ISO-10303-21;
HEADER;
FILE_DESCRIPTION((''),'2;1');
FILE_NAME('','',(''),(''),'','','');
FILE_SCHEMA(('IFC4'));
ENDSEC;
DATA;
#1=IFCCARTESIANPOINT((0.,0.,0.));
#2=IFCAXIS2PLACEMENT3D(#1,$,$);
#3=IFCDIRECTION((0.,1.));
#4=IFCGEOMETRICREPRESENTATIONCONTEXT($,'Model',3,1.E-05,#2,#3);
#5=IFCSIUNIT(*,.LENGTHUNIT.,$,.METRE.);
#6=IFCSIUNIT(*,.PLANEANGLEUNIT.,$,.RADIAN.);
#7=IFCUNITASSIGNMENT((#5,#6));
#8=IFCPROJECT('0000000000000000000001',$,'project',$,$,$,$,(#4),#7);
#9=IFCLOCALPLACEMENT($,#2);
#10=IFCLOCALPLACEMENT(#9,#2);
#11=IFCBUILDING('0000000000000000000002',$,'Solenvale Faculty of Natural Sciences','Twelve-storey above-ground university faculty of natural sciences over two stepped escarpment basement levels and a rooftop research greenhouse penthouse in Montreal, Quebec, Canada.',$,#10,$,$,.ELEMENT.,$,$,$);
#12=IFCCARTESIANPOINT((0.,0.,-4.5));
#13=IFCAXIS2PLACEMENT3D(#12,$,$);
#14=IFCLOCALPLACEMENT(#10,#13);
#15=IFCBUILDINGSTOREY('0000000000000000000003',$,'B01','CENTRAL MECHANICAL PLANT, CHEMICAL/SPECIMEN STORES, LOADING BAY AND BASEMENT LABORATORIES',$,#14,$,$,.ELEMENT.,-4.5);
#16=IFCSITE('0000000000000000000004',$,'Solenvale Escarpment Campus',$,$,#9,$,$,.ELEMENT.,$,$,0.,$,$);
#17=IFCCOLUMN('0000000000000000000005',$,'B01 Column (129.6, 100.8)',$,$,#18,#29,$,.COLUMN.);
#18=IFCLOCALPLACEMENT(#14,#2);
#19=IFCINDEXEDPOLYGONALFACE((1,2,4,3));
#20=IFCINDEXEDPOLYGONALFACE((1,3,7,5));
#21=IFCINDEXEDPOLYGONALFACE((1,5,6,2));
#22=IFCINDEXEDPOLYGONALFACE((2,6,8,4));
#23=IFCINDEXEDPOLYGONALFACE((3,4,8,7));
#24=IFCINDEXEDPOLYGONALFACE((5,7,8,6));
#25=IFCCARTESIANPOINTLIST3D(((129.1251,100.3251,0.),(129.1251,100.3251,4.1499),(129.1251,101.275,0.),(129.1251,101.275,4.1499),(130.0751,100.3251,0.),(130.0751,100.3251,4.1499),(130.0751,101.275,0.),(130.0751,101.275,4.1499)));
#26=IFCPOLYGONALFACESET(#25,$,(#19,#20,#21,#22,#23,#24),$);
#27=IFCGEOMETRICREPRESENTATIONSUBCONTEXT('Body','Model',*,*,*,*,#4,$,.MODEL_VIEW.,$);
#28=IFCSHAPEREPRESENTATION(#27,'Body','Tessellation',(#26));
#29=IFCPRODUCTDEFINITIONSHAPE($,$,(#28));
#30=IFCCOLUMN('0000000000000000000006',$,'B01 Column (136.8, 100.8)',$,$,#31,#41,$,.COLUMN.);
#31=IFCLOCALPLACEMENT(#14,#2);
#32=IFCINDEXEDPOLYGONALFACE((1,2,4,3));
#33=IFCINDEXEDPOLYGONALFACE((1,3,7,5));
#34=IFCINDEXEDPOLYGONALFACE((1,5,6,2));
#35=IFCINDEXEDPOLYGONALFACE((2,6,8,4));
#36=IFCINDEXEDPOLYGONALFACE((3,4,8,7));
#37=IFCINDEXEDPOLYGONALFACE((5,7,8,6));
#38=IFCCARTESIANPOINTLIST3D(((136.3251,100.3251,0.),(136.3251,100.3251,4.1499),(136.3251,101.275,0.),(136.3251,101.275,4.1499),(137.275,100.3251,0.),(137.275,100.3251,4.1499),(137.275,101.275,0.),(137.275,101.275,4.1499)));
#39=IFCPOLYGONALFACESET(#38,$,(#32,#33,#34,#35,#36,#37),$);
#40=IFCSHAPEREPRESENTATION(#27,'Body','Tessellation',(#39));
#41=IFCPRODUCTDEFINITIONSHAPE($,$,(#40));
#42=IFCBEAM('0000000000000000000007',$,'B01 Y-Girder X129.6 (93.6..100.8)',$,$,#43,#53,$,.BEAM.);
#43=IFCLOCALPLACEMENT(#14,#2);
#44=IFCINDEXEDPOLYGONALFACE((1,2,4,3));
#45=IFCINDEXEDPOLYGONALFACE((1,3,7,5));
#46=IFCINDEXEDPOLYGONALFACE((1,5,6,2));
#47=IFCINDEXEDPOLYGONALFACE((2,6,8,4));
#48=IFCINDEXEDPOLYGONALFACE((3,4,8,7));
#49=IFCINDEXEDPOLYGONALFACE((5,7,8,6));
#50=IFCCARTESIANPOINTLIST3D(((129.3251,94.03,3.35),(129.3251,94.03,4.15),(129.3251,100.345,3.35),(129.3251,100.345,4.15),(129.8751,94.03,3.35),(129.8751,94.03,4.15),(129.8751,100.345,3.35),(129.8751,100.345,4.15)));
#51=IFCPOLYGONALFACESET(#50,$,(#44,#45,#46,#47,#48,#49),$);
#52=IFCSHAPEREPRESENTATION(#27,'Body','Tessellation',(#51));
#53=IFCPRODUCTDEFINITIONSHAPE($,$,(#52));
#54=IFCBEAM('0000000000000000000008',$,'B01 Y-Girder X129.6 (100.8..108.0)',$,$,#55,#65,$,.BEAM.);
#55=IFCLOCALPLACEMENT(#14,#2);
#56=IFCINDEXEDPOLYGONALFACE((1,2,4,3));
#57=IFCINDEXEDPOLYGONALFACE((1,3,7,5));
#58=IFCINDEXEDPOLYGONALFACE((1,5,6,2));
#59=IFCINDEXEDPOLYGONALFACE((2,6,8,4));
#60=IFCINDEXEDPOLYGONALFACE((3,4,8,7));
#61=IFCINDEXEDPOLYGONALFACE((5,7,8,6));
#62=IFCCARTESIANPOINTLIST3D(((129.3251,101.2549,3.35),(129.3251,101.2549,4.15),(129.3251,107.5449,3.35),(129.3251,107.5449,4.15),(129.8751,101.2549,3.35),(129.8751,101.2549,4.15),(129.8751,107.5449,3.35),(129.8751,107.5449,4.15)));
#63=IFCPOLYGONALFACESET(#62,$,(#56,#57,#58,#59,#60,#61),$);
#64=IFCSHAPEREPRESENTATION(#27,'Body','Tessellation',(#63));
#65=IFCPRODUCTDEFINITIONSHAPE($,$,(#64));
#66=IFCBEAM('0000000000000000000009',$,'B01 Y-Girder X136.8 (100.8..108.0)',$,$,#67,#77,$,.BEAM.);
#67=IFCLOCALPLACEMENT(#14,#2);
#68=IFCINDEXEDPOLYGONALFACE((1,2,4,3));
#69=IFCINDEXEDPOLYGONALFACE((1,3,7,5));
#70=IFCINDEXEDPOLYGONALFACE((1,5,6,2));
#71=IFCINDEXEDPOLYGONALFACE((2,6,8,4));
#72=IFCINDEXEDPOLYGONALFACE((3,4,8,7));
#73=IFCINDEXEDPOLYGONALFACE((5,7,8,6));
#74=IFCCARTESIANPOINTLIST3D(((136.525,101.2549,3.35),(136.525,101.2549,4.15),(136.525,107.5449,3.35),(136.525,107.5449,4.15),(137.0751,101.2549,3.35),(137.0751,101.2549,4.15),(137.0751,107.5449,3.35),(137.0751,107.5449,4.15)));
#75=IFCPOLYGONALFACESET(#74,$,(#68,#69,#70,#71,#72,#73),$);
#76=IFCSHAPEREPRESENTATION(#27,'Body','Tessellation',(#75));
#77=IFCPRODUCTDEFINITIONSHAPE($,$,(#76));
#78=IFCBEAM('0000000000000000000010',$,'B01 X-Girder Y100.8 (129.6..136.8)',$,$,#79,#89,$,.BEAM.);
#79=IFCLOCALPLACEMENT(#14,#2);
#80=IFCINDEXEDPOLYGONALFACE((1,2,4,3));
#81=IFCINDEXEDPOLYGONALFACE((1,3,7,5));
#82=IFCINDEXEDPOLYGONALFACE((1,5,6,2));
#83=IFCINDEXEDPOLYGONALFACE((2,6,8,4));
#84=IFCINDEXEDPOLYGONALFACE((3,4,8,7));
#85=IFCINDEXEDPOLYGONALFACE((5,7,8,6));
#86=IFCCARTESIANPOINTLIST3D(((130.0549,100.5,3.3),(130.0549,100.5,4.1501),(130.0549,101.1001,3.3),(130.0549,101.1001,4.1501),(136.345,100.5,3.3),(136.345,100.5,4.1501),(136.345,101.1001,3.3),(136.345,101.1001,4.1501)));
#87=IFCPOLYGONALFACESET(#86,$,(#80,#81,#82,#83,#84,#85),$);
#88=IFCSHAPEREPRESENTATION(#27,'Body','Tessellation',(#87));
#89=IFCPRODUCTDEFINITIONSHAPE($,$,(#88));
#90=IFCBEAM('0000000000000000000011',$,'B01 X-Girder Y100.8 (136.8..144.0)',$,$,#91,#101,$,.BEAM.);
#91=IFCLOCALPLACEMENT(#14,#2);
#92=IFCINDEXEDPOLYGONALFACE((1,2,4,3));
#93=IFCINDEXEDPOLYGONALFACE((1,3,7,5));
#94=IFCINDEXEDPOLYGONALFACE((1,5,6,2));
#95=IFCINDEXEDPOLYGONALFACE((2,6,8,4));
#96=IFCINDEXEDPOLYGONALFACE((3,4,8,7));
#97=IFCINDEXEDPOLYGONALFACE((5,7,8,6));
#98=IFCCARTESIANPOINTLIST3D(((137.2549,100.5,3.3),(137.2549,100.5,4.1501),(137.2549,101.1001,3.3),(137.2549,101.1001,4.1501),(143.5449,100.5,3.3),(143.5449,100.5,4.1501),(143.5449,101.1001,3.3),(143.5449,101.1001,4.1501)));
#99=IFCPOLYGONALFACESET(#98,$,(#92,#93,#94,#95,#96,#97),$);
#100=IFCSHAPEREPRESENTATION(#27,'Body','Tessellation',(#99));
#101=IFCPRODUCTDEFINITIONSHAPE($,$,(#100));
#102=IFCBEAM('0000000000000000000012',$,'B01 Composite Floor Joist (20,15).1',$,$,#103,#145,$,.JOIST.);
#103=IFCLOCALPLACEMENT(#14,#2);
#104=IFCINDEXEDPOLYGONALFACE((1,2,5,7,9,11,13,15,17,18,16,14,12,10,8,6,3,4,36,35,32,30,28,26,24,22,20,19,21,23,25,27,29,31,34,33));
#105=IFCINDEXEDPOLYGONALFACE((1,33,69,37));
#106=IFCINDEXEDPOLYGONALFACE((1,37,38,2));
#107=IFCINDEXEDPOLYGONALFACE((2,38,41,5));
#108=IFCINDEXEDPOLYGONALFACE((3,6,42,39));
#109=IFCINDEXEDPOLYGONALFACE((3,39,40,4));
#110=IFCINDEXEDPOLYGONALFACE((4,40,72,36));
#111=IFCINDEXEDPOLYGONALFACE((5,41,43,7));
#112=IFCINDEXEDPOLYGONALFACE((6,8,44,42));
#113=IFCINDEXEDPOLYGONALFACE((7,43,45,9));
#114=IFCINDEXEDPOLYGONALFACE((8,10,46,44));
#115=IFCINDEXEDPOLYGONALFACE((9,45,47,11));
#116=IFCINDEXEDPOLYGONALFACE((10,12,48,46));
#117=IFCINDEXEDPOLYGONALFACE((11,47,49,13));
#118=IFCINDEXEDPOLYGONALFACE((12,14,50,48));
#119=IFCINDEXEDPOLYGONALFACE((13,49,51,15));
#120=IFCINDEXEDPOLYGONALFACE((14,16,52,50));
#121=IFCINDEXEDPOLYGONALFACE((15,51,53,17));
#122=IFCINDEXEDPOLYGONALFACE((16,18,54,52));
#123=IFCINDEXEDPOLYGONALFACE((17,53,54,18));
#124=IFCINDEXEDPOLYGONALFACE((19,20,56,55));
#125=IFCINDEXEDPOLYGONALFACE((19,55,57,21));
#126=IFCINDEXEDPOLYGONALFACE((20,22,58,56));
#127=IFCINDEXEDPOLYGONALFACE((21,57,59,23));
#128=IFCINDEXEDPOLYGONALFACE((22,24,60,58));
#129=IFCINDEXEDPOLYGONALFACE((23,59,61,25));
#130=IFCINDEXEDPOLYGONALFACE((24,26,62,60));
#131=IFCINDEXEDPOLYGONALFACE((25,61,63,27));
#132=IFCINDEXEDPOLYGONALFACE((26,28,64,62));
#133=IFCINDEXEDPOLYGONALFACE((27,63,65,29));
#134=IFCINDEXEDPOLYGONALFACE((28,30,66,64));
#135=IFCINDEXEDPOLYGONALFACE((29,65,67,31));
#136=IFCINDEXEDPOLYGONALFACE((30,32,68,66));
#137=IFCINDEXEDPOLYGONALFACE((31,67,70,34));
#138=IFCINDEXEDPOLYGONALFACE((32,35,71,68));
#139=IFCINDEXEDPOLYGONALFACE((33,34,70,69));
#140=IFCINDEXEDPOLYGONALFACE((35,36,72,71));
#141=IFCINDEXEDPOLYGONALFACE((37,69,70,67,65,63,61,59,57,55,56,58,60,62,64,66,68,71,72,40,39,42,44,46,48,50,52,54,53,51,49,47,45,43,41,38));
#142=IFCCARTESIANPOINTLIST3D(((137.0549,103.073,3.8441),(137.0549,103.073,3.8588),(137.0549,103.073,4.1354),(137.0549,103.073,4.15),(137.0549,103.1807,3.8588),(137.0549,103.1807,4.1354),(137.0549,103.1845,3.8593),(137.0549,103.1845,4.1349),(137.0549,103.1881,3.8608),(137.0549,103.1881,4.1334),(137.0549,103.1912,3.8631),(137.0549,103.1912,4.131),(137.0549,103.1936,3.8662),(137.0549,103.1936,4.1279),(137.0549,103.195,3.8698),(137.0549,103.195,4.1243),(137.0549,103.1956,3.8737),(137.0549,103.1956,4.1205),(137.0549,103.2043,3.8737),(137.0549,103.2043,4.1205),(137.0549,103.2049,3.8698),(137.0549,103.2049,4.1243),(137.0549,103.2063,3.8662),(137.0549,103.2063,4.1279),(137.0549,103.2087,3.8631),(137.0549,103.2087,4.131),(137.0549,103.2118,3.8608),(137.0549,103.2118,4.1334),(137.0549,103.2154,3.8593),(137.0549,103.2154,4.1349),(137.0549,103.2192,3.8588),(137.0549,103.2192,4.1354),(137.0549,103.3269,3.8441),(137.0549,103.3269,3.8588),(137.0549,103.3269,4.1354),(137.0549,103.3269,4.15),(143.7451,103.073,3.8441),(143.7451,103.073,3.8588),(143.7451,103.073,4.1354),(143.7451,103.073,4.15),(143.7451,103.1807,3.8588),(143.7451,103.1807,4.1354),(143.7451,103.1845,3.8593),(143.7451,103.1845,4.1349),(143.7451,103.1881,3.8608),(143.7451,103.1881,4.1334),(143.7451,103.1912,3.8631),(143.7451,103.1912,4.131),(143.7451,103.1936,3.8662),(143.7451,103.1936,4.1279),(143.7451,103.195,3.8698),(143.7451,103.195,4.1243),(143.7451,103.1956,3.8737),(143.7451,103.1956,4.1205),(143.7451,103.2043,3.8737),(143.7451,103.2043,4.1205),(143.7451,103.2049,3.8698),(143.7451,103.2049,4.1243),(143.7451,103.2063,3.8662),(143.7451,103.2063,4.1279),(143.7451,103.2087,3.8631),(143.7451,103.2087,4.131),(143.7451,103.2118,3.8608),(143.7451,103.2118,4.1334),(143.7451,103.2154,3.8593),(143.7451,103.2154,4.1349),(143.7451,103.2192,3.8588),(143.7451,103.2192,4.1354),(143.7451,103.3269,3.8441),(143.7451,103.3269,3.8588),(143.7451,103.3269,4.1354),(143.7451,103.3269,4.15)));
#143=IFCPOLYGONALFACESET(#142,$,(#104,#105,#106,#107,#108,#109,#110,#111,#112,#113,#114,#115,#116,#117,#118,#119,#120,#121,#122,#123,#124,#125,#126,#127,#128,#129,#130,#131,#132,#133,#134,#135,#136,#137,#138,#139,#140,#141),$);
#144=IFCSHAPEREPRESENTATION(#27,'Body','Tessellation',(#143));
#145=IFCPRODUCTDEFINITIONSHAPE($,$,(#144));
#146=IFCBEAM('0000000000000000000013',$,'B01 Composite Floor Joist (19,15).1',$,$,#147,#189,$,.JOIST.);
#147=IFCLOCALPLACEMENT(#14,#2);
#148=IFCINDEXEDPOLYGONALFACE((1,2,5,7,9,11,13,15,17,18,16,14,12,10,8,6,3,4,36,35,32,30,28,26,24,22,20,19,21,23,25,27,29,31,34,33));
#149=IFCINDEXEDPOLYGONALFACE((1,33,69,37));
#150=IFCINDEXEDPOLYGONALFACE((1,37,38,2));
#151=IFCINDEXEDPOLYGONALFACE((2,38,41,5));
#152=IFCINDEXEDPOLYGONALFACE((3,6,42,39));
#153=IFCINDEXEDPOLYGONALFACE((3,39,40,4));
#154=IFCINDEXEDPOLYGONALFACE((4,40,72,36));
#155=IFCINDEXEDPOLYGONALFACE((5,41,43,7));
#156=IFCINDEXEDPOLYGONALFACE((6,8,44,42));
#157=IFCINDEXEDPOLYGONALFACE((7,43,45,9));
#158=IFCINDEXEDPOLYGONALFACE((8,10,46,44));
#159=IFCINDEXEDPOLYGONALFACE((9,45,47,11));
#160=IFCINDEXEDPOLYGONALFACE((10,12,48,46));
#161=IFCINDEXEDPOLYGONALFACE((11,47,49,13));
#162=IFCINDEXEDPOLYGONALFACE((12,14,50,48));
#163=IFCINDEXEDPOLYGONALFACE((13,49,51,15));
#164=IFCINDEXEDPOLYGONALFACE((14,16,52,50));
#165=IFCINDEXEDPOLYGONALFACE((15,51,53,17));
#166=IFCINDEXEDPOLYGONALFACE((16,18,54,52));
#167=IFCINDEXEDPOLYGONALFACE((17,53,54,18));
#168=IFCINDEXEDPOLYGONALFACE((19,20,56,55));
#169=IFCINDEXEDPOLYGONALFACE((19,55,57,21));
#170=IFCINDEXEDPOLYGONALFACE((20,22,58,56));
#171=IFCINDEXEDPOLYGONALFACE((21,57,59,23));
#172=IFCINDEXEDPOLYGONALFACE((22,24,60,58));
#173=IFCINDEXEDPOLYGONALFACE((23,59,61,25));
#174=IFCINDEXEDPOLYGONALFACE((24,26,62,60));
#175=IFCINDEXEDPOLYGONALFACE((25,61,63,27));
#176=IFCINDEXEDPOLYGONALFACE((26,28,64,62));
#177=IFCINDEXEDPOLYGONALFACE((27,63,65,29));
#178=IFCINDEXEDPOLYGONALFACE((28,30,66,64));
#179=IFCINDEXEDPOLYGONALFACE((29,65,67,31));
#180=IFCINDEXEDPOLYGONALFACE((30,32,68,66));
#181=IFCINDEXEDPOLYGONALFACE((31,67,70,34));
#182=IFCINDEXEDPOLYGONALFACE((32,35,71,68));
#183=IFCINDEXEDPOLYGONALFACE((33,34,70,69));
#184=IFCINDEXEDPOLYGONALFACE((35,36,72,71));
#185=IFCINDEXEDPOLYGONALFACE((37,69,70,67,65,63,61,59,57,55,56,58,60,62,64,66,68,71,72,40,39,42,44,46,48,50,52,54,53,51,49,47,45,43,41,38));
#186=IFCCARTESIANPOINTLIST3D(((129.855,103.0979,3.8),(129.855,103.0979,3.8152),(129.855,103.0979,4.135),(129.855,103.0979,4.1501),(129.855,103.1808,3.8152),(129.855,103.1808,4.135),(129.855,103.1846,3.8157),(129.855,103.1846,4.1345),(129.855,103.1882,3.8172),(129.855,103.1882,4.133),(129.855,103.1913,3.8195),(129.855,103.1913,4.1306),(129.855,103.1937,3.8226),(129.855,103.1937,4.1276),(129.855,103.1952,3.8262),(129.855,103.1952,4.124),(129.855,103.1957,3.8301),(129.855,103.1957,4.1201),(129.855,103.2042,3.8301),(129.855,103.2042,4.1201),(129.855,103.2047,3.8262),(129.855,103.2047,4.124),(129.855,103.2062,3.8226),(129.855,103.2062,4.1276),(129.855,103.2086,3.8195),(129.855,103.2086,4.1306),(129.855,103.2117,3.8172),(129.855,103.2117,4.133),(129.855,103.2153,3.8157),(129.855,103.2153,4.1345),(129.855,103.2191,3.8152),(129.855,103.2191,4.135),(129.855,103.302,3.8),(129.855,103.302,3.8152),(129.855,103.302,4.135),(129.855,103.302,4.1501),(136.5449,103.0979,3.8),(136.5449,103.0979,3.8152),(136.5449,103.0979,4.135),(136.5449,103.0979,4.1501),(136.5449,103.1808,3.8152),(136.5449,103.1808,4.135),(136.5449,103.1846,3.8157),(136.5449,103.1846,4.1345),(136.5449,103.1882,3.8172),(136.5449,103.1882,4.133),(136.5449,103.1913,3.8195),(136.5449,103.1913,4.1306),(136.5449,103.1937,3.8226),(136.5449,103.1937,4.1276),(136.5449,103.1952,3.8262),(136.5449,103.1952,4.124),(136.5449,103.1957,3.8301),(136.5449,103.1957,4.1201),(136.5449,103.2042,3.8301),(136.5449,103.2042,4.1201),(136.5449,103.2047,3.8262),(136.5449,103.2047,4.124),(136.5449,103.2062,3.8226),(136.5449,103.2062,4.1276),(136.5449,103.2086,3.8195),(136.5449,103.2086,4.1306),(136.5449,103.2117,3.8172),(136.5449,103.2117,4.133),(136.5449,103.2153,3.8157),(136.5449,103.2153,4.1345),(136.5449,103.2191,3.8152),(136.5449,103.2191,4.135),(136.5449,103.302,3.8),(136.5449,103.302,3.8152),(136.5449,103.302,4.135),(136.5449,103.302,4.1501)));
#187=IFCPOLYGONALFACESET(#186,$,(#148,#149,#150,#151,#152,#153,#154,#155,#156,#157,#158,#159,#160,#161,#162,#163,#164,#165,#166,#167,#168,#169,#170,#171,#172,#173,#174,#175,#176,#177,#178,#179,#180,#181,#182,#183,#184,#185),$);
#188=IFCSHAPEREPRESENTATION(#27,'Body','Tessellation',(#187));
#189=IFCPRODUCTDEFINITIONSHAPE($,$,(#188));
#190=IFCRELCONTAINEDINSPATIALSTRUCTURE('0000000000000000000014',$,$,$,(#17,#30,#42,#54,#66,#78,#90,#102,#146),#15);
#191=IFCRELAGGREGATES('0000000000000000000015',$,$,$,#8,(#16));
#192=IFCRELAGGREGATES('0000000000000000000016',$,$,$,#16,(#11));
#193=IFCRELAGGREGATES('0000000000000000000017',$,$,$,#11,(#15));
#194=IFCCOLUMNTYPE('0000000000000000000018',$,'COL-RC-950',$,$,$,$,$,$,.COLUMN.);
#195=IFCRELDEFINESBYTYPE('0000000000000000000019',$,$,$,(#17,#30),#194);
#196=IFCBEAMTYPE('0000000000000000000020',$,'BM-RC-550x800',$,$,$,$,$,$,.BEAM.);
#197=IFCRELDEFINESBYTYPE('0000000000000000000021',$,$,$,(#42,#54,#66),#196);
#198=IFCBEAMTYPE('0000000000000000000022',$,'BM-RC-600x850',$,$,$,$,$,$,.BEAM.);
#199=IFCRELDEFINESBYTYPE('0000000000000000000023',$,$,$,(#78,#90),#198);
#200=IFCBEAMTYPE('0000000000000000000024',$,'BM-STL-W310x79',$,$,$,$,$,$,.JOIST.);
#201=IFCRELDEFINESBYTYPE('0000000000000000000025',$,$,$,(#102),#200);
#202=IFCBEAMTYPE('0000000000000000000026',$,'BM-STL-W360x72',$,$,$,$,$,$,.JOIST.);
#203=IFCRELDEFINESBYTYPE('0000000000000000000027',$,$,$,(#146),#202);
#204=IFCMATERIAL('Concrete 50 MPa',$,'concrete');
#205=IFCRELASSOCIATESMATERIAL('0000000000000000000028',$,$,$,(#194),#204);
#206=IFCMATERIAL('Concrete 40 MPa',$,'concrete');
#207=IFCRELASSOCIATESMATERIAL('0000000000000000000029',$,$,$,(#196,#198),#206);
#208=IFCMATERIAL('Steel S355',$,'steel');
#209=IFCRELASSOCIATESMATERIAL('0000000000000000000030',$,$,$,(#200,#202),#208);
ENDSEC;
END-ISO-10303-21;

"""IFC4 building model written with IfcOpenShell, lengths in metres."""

from ifc_helpers import new_model, si_unit, direction, frame, origin, origin_2d, place, context, subcontext, project, spatial, rectangle, i_section, extrude, material, material_profile, profile_set, type_object, element, save


model = new_model("IFC4")

# Units and contexts
model_context = context("Model", 3, precision=1e-05, world=origin(), true_north=direction((0.0, 1.0)))
body_context = subcontext(model_context, "Body", "Model", "MODEL_VIEW")
ifc_project = project(units=[si_unit("LENGTHUNIT", "METRE"), si_unit("PLANEANGLEUNIT", "RADIAN")], contexts=[model_context])

# Site, building, storey
site_placement = place(None, origin())
site = spatial("IfcSite", under=ifc_project, at=site_placement, Name="Solenvale Escarpment Campus", CompositionType="ELEMENT", RefElevation=0.0)
building_placement = place(site_placement, origin())
building = spatial("IfcBuilding", under=site, at=building_placement, Name="Solenvale Faculty of Natural Sciences", Description="Twelve-storey above-ground university faculty of natural sciences over two stepped escarpment basement levels and a rooftop research greenhouse penthouse in Montreal, Quebec, Canada.", CompositionType="ELEMENT")
storey_placement = place(building_placement, frame((0.0, 0.0, -4.5)))
storey = spatial("IfcBuildingStorey", under=building, at=storey_placement, Name="B01", Description="CENTRAL MECHANICAL PLANT, CHEMICAL/SPECIMEN STORES, LOADING BAY AND BASEMENT LABORATORIES", CompositionType="ELEMENT", Elevation=-4.5)

# Columns
ifc_material_1 = material(Name="Concrete 50 MPa", Category="concrete")
ifc_material_profile_1 = material_profile(ifc_material_1, rectangle(XDim=0.95, YDim=0.95, at=origin_2d()), Name="RC-COL-950x950")
ifc_profile_set_1 = profile_set([ifc_material_profile_1], Name="Concrete 50 MPa")
column_type = type_object("IfcColumnType", Name="COL-RC-950", PredefinedType="COLUMN", material=ifc_profile_set_1)
for number, where, z_axis, x_axis, name in (
    (1, (129.6001, 100.8, 0.0), (0.0, 0.0, 1.0), (1.0, 0.0, 0.0), "B01 Column (129.6, 100.8)"),
    (2, (136.8, 100.8, 0.0), (0.0, 0.0, 1.0), (1.0, 0.0, 0.0), "B01 Column (136.8, 100.8)"),
):
    element("IfcColumn", number, at=place(storey_placement, frame(where, z_axis=z_axis, x_axis=x_axis)), inside=storey, type_object=column_type, Name=name, PredefinedType="COLUMN", context=body_context, shape_type="SweptSolid", body=[
        extrude(rectangle(XDim=0.95, YDim=0.95, at=origin_2d()), origin(), (0.0, 0.0, 1.0), 4.1499),
    ])

# Beams
ifc_material_2 = material(Name="Concrete 40 MPa", Category="concrete")
ifc_material_profile_2 = material_profile(ifc_material_2, rectangle(XDim=0.55, YDim=0.8, at=origin_2d()), Name="RC-BM-550x800")
ifc_profile_set_2 = profile_set([ifc_material_profile_2], Name="Concrete 40 MPa")
beam_type_1 = type_object("IfcBeamType", Name="BM-RC-550x800", PredefinedType="BEAM", material=ifc_profile_set_2)
beam_1_placement = place(storey_placement, frame((129.6001, 94.03, 3.75), z_axis=(0.0, 1.0, 0.0), x_axis=(-1.0, 0.0, 0.0)))
element("IfcBeam", 3, at=beam_1_placement, inside=storey, type_object=beam_type_1, Name="B01 Y-Girder X129.6 (93.6..100.8)", PredefinedType="BEAM", context=body_context, shape_type="SweptSolid", body=[
    extrude(rectangle(XDim=0.55, YDim=0.8, at=origin_2d()), origin(), (0.0, 0.0, 1.0), 6.3149),
])
for number, where, z_axis, x_axis, name in (
    (4, (129.6001, 101.2549, 3.75), (0.0, 1.0, 0.0), (-1.0, 0.0, 0.0), "B01 Y-Girder X129.6 (100.8..108.0)"),
    (5, (136.8, 101.2549, 3.75), (0.0, 1.0, 0.0), (-1.0, 0.0, 0.0), "B01 Y-Girder X136.8 (100.8..108.0)"),
):
    element("IfcBeam", number, at=place(storey_placement, frame(where, z_axis=z_axis, x_axis=x_axis)), inside=storey, type_object=beam_type_1, Name=name, PredefinedType="BEAM", context=body_context, shape_type="SweptSolid", body=[
        extrude(rectangle(XDim=0.55, YDim=0.8, at=origin_2d()), origin(), (0.0, 0.0, 1.0), 6.29),
    ])
ifc_material_profile_3 = material_profile(ifc_material_2, rectangle(XDim=0.6001, YDim=0.8501, at=origin_2d()), Name="RC-BM-600x850")
ifc_profile_set_3 = profile_set([ifc_material_profile_3], Name="Concrete 40 MPa")
beam_type_2 = type_object("IfcBeamType", Name="BM-RC-600x850", PredefinedType="BEAM", material=ifc_profile_set_3)
for number, where, z_axis, x_axis, name in (
    (6, (130.0549, 100.8, 3.7251), (1.0, 0.0, 0.0), (0.0, 1.0, 0.0), "B01 X-Girder Y100.8 (129.6..136.8)"),
    (7, (137.2549, 100.8, 3.7251), (1.0, 0.0, 0.0), (0.0, 1.0, 0.0), "B01 X-Girder Y100.8 (136.8..144.0)"),
):
    element("IfcBeam", number, at=place(storey_placement, frame(where, z_axis=z_axis, x_axis=x_axis)), inside=storey, type_object=beam_type_2, Name=name, PredefinedType="BEAM", context=body_context, shape_type="SweptSolid", body=[
        extrude(rectangle(XDim=0.6001, YDim=0.8501, at=origin_2d()), origin(), (0.0, 0.0, 1.0), 6.29),
    ])
ifc_material_3 = material(Name="Steel S355", Category="steel")
ifc_material_profile_4 = material_profile(ifc_material_3, i_section(OverallWidth=0.2539, OverallDepth=0.3059, WebThickness=0.0088, FlangeThickness=0.0146, FilletRadius=0.0149, at=origin_2d()), Name="W310x79")
ifc_profile_set_4 = profile_set([ifc_material_profile_4], Name="Steel S355")
beam_type_3 = type_object("IfcBeamType", Name="BM-STL-W310x79", PredefinedType="JOIST", material=ifc_profile_set_4)
beam_2_placement = place(storey_placement, frame((137.0549, 103.2, 3.9971), z_axis=(1.0, 0.0, 0.0), x_axis=(0.0, 1.0, 0.0)))
element("IfcBeam", 8, at=beam_2_placement, inside=storey, type_object=beam_type_3, Name="B01 Composite Floor Joist (20,15).1", PredefinedType="JOIST", context=body_context, shape_type="SweptSolid", body=[
    extrude(i_section(OverallWidth=0.2539, OverallDepth=0.3059, WebThickness=0.0088, FlangeThickness=0.0146, FilletRadius=0.0149, at=origin_2d()), origin(), (0.0, 0.0, 1.0), 6.6902),
])
ifc_material_profile_5 = material_profile(ifc_material_3, i_section(OverallWidth=0.2041, OverallDepth=0.3501, WebThickness=0.0085, FlangeThickness=0.0151, FilletRadius=0.0149, at=origin_2d()), Name="W360x72")
ifc_profile_set_5 = profile_set([ifc_material_profile_5], Name="Steel S355")
beam_type_4 = type_object("IfcBeamType", Name="BM-STL-W360x72", PredefinedType="JOIST", material=ifc_profile_set_5)
beam_3_placement = place(storey_placement, frame((129.855, 103.2, 3.9751), z_axis=(1.0, 0.0, 0.0), x_axis=(0.0, 1.0, 0.0)))
element("IfcBeam", 9, at=beam_3_placement, inside=storey, type_object=beam_type_4, Name="B01 Composite Floor Joist (19,15).1", PredefinedType="JOIST", context=body_context, shape_type="SweptSolid", body=[
    extrude(i_section(OverallWidth=0.2041, OverallDepth=0.3501, WebThickness=0.0085, FlangeThickness=0.0151, FilletRadius=0.0149, at=origin_2d()), origin(), (0.0, 0.0, 1.0), 6.6899),
])

save(model, "model.ifc")
